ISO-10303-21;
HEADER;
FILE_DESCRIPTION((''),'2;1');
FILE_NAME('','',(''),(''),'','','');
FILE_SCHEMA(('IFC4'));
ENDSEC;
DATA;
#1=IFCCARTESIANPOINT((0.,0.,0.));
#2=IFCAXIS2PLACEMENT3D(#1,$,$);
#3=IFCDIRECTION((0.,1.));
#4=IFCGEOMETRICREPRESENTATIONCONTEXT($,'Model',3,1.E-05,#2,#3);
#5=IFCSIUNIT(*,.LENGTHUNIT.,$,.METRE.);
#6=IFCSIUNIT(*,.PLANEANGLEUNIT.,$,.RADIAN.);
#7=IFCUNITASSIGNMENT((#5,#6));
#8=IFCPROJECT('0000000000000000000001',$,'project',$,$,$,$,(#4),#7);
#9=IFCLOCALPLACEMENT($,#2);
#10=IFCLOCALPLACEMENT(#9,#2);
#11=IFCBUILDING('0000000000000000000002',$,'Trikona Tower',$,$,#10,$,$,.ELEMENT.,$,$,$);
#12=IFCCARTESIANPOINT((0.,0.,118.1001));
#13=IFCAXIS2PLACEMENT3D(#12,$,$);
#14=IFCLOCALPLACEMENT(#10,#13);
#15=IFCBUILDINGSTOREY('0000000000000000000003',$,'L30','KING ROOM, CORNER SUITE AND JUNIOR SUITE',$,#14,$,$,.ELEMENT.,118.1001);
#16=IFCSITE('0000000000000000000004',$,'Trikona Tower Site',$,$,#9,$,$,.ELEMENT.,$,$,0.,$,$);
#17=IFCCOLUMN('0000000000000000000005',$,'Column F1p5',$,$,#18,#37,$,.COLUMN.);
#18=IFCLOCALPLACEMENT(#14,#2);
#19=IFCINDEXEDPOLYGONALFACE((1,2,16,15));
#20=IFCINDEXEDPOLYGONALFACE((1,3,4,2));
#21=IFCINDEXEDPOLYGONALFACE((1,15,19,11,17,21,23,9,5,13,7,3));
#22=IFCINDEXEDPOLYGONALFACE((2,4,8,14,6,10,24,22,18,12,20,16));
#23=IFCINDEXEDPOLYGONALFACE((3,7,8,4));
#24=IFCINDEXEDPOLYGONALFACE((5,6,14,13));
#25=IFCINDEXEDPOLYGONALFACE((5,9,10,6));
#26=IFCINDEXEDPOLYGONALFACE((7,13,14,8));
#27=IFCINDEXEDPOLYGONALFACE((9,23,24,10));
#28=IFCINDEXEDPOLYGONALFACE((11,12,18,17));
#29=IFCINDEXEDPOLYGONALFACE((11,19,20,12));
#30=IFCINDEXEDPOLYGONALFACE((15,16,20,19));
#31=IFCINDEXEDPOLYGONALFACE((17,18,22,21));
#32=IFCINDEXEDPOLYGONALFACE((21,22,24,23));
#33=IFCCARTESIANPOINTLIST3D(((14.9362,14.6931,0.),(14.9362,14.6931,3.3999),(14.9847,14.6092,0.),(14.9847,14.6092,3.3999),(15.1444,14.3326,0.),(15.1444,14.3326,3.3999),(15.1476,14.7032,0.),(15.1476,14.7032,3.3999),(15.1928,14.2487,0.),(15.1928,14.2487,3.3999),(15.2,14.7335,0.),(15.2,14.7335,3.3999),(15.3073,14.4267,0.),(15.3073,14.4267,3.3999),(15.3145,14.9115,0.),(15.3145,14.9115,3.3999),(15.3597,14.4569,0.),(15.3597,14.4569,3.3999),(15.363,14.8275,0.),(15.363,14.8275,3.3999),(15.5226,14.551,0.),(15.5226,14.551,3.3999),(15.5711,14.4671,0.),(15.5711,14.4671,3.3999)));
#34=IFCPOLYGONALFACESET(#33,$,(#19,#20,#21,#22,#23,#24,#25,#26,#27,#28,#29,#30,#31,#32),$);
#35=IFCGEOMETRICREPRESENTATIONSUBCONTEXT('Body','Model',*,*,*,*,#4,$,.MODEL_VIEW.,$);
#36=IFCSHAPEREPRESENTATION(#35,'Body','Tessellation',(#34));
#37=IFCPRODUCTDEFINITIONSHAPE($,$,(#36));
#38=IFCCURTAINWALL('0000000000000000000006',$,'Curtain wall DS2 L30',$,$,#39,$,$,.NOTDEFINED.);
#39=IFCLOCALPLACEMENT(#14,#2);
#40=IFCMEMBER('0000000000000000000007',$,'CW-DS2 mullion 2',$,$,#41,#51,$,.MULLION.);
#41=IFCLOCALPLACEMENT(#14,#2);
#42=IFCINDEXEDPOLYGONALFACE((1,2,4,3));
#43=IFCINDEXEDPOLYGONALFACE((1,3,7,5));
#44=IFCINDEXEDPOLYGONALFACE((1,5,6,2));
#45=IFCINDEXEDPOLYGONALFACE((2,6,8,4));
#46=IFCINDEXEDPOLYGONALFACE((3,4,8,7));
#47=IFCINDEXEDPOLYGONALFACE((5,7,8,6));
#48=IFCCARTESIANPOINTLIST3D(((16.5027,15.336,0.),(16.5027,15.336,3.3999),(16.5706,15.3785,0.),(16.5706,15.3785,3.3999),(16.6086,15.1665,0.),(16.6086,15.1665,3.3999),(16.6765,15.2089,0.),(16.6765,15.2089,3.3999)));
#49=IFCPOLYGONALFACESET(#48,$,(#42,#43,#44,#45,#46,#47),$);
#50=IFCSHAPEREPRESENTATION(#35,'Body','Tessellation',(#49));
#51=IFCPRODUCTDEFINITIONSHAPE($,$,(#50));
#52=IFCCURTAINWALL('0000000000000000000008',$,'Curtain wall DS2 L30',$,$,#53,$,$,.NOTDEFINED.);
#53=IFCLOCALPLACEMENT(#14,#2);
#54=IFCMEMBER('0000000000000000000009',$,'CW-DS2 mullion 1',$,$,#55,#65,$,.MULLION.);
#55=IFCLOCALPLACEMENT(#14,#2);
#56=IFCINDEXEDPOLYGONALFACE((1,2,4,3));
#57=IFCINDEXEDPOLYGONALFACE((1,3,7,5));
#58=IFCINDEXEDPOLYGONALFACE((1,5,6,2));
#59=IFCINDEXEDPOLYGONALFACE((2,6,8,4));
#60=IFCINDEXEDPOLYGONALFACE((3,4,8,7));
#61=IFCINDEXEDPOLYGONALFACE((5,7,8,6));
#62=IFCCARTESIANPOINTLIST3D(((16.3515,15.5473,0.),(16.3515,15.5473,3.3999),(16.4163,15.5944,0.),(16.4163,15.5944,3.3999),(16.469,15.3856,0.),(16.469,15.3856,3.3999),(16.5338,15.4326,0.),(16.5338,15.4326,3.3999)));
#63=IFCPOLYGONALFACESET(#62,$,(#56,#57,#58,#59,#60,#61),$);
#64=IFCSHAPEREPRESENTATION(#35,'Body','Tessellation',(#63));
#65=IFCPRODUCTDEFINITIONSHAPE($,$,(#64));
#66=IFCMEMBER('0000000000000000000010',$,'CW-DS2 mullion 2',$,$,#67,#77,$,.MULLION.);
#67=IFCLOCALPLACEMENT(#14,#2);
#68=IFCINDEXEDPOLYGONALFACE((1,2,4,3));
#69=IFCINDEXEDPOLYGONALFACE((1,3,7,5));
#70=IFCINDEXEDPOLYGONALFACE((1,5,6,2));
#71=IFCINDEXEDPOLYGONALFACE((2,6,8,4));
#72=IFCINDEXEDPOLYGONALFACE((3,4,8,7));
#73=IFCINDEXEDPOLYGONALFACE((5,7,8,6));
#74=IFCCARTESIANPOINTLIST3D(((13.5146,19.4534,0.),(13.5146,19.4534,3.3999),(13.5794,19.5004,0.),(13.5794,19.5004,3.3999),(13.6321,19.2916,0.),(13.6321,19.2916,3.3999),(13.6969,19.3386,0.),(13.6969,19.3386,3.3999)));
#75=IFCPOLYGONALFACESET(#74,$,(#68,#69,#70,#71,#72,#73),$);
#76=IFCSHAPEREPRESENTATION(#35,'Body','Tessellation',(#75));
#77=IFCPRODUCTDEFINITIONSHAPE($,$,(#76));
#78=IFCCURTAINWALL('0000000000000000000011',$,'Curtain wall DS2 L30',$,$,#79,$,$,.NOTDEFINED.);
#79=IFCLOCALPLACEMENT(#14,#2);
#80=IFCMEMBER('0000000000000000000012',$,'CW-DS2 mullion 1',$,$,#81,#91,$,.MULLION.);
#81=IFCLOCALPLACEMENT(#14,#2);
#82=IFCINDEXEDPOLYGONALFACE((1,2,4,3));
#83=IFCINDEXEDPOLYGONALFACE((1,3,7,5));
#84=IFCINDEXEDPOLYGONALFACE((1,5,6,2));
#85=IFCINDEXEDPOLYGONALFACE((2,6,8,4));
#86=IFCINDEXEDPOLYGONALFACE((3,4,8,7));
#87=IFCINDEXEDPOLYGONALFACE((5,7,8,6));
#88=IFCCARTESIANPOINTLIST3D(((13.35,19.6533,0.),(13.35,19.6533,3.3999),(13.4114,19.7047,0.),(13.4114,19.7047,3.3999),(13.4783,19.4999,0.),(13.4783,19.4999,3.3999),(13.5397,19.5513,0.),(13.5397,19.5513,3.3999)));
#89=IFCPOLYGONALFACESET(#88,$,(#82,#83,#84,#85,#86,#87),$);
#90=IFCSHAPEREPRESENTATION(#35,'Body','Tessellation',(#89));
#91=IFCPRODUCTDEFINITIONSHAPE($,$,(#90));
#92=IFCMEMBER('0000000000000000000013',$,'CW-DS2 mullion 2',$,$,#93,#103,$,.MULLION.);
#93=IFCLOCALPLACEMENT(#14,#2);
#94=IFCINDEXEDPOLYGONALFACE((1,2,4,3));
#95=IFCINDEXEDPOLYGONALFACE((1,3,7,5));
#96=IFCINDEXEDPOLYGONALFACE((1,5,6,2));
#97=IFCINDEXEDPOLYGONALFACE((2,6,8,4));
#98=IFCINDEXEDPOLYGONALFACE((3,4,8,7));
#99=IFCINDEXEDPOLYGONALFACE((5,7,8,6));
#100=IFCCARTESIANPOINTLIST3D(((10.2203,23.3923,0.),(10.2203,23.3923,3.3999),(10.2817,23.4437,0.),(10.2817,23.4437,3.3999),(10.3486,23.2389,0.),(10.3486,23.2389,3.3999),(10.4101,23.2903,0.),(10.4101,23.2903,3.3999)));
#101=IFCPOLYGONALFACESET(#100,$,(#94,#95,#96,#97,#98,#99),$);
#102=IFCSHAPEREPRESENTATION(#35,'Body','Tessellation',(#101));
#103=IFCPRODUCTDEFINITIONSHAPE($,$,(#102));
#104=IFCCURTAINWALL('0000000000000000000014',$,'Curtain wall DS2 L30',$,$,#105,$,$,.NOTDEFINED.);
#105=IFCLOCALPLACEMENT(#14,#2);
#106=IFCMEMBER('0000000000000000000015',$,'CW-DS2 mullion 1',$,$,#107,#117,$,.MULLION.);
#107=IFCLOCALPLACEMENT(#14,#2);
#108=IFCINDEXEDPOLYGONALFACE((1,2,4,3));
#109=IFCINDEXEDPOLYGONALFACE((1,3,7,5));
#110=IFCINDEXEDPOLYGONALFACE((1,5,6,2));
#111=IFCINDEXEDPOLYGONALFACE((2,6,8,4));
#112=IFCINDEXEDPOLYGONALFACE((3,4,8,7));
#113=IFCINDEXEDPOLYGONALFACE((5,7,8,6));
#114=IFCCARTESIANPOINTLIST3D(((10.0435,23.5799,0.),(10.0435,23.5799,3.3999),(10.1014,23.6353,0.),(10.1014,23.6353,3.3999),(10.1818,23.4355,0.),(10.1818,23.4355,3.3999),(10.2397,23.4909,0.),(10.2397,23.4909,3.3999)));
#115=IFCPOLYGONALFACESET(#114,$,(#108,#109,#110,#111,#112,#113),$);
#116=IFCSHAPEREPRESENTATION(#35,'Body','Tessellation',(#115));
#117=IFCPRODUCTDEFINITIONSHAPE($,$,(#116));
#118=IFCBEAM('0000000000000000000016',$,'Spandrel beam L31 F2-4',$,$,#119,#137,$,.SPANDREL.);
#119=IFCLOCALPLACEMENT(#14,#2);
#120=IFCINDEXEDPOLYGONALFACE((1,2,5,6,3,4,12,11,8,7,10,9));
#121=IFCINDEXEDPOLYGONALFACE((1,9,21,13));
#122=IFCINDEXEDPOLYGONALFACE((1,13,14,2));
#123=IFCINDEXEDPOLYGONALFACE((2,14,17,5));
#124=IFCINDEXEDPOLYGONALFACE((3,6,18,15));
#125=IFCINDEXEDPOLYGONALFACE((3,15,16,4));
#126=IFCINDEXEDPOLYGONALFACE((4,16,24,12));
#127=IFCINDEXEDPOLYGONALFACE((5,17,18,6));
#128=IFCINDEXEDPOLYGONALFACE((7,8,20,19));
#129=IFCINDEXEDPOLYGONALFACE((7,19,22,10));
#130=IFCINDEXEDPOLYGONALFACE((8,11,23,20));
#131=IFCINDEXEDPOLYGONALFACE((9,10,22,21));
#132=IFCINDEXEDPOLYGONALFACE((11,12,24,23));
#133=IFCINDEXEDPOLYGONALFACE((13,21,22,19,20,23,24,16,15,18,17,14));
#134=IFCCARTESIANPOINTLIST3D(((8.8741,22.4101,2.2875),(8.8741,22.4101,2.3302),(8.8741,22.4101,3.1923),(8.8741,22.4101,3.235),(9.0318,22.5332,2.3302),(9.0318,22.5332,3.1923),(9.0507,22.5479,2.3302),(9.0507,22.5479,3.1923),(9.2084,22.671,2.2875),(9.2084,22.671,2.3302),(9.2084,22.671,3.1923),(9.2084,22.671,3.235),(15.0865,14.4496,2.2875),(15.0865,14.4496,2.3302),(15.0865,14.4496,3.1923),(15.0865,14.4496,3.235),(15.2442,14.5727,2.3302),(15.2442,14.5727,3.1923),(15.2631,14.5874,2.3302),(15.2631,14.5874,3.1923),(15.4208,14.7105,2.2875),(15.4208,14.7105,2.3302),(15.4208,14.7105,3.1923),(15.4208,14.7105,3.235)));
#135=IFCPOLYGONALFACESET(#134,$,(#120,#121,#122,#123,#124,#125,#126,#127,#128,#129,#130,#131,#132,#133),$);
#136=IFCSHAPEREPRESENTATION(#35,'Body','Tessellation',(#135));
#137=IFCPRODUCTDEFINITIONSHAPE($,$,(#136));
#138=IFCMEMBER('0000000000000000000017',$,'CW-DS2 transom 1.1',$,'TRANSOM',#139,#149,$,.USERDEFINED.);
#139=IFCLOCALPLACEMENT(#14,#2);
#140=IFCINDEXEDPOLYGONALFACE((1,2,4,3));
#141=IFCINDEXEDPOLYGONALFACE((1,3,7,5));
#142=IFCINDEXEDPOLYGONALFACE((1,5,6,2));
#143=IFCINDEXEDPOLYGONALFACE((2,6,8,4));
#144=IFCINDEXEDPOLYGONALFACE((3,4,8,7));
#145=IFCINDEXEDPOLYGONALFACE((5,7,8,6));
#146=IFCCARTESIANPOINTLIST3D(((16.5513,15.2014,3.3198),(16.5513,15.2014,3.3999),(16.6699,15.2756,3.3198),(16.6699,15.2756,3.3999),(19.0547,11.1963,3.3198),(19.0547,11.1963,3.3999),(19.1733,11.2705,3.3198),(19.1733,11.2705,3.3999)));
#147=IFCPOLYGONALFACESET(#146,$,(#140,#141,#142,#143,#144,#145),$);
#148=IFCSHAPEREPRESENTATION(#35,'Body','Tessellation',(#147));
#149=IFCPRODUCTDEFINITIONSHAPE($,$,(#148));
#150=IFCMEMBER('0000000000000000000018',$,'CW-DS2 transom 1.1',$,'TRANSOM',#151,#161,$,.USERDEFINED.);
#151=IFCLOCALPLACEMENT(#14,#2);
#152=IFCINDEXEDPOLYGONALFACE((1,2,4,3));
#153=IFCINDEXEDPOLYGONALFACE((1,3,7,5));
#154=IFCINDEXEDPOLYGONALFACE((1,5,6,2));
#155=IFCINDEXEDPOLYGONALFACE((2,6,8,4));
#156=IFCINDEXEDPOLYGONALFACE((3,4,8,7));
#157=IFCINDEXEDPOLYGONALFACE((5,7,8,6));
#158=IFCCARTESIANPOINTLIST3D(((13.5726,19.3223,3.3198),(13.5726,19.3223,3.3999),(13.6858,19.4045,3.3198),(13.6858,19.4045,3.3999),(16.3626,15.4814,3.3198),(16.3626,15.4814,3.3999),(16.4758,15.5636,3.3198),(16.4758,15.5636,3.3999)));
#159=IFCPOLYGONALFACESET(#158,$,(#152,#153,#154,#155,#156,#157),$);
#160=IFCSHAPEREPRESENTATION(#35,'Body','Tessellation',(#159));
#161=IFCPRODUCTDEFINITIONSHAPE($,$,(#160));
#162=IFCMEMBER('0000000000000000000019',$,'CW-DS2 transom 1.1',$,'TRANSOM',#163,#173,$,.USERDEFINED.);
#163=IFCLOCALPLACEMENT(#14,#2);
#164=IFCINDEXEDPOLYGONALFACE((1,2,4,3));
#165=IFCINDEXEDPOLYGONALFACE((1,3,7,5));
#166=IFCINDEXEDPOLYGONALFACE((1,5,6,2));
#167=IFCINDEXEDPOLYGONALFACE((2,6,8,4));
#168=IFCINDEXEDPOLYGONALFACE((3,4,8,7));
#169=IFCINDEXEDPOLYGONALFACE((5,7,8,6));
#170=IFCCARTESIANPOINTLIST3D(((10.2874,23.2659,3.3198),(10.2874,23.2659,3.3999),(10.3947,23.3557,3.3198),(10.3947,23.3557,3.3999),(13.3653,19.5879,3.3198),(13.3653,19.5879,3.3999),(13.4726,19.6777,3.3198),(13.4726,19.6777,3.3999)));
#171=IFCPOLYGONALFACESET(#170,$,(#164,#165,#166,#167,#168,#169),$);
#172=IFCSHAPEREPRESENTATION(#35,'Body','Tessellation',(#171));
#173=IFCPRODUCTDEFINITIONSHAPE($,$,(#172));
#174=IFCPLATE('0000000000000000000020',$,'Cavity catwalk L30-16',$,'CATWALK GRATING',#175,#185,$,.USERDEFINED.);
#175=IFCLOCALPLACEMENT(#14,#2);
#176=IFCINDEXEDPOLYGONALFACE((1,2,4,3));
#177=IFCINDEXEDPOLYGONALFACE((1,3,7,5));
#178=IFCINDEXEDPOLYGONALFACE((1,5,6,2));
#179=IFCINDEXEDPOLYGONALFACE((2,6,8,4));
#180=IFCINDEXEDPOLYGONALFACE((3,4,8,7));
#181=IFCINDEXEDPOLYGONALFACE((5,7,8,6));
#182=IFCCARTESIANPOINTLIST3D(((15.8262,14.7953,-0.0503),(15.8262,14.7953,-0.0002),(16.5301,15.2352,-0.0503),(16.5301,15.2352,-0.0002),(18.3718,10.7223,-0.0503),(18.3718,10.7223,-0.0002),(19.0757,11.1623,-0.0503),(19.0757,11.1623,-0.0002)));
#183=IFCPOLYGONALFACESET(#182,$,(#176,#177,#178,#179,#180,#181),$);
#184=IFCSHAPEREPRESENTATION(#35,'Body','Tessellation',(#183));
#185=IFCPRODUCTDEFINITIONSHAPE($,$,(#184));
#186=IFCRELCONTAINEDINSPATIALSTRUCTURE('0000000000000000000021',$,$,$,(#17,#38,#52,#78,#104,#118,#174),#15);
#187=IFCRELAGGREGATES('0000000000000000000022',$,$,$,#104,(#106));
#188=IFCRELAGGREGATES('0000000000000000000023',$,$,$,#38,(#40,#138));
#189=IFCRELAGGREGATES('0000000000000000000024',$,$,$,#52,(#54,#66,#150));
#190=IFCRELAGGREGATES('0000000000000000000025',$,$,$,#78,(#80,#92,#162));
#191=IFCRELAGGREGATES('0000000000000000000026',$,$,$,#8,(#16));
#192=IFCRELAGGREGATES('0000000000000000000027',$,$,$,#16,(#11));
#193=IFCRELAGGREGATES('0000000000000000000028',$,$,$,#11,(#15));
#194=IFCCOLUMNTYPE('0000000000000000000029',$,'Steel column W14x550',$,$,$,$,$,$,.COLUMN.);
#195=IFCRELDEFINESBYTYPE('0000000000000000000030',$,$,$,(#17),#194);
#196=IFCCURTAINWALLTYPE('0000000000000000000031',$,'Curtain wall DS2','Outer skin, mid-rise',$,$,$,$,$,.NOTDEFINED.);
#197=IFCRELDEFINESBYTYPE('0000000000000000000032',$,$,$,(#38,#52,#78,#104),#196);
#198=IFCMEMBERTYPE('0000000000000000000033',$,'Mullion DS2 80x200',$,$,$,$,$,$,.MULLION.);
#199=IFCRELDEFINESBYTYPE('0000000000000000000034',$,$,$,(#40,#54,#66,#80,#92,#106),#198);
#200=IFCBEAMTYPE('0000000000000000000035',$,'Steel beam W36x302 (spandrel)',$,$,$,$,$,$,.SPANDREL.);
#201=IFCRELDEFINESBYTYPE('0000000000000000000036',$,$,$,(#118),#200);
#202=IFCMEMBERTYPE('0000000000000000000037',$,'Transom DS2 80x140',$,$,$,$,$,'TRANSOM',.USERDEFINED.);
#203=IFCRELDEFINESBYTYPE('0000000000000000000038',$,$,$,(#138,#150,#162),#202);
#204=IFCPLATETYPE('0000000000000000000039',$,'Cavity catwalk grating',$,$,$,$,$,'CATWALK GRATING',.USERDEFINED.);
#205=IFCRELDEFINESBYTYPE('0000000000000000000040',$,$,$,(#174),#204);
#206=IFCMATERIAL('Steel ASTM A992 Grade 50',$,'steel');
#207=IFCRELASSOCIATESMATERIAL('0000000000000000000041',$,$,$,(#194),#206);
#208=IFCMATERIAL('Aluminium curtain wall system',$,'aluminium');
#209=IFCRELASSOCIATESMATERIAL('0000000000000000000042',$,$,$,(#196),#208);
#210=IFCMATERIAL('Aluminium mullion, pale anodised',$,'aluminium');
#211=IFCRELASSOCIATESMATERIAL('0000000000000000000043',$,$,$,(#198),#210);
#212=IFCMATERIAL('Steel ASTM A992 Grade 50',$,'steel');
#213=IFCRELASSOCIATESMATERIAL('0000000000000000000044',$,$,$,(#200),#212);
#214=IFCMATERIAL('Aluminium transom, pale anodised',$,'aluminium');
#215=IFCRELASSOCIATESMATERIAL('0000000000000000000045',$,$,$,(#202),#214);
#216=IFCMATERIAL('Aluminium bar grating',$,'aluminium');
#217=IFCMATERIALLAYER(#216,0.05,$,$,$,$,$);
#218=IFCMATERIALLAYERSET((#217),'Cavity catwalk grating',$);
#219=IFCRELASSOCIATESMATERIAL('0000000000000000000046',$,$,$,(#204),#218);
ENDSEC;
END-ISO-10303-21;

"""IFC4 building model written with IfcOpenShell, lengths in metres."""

from ifc_helpers import new_model, si_unit, direction, frame, origin, origin_2d, place, context, subcontext, project, spatial, rectangle, i_section, extrude, material, layer, layer_set, material_profile, profile_set, type_object, element, aggregate, save


model = new_model("IFC4")

# Units and contexts
model_context = context("Model", 3, precision=1e-05, world=origin(), true_north=direction((0.0, 1.0)))
body_context = subcontext(model_context, "Body", "Model", "MODEL_VIEW")
ifc_project = project(units=[si_unit("LENGTHUNIT", "METRE"), si_unit("PLANEANGLEUNIT", "RADIAN")], contexts=[model_context])

# Site, building, storey
site_placement = place(None, origin())
site = spatial("IfcSite", under=ifc_project, at=site_placement, Name="Trikona Tower Site", CompositionType="ELEMENT", RefElevation=0.0)
building_placement = place(site_placement, origin())
building = spatial("IfcBuilding", under=site, at=building_placement, Name="Trikona Tower", CompositionType="ELEMENT")
storey_placement = place(building_placement, frame((0.0, 0.0, 118.1001)))
storey = spatial("IfcBuildingStorey", under=building, at=storey_placement, Name="L30", Description="KING ROOM, CORNER SUITE AND JUNIOR SUITE", CompositionType="ELEMENT", Elevation=118.1001)

# Column
ifc_material_1 = material(Name="Steel ASTM A992 Grade 50", Category="steel")
ifc_material_profile_1 = material_profile(ifc_material_1, i_section(OverallWidth=0.4368, OverallDepth=0.5132, WebThickness=0.0605, FlangeThickness=0.0969, at=origin_2d()), Name="W14X550")
ifc_profile_set_1 = profile_set([ifc_material_profile_1], Name="Steel ASTM A992 Grade 50")
column_type = type_object("IfcColumnType", Name="Steel column W14x550", PredefinedType="COLUMN", material=ifc_profile_set_1)
column_placement = place(storey_placement, frame((15.2537, 14.5801, 0.0), z_axis=(0.0, 0.0, 1.0), x_axis=(0.866025, 0.5, 0.0)))
element("IfcColumn", 1, at=column_placement, inside=storey, type_object=column_type, Name="Column F1p5", PredefinedType="COLUMN", context=body_context, shape_type="SweptSolid", body=[
    extrude(i_section(OverallWidth=0.4368, OverallDepth=0.5132, WebThickness=0.0605, FlangeThickness=0.0969, at=origin_2d()), origin(), (0.0, 0.0, 1.0), 3.3999),
])

# Curtain wall, member
ifc_material_2 = material(Name="Aluminium curtain wall system", Category="aluminium")
curtain_wall_type = type_object("IfcCurtainWallType", Name="Curtain wall DS2", Description="Outer skin, mid-rise", PredefinedType="NOTDEFINED", material=ifc_material_2)
curtain_wall_1_placement = place(storey_placement, origin())
curtain_wall_1 = element("IfcCurtainWall", 2, at=curtain_wall_1_placement, inside=storey, type_object=curtain_wall_type, Name="Curtain wall DS2 L30", PredefinedType="NOTDEFINED")
ifc_material_3 = material(Name="Aluminium mullion, pale anodised", Category="aluminium")
ifc_material_profile_2 = material_profile(ifc_material_3, rectangle(XDim=0.0801, YDim=0.2, at=origin_2d()), Name="MUL-DS2")
ifc_profile_set_2 = profile_set([ifc_material_profile_2], Name="Aluminium mullion, pale anodised")
member_type_1 = type_object("IfcMemberType", Name="Mullion DS2 80x200", PredefinedType="MULLION", material=ifc_profile_set_2)
member_1_placement = place(storey_placement, frame((16.5896, 15.2725, 0.0), z_axis=(0.0, 0.0, 1.0), x_axis=(-0.847998, -0.529999, 0.0)))
member_1 = element("IfcMember", 3, at=member_1_placement, type_object=member_type_1, Name="CW-DS2 mullion 2", PredefinedType="MULLION", context=body_context, shape_type="SweptSolid", body=[
    extrude(rectangle(XDim=0.0801, YDim=0.2, at=origin_2d()), origin(), (0.0, 0.0, 1.0), 3.3999),
])

# Curtain walls, members
curtain_wall_2_placement = place(storey_placement, origin())
curtain_wall_2 = element("IfcCurtainWall", 4, at=curtain_wall_2_placement, inside=storey, type_object=curtain_wall_type, Name="Curtain wall DS2 L30", PredefinedType="NOTDEFINED")
member_2_placement = place(storey_placement, frame((16.4426, 15.49, 0.0), z_axis=(0.0, 0.0, 1.0), x_axis=(-0.809086, -0.587691, 0.0)))
member_2 = element("IfcMember", 5, at=member_2_placement, type_object=member_type_1, Name="CW-DS2 mullion 1", PredefinedType="MULLION", context=body_context, shape_type="SweptSolid", body=[
    extrude(rectangle(XDim=0.0801, YDim=0.2, at=origin_2d()), origin(), (0.0, 0.0, 1.0), 3.3999),
])
member_3_placement = place(storey_placement, frame((13.6057, 19.396, 0.0), z_axis=(0.0, 0.0, 1.0), x_axis=(-0.809086, -0.587691, 0.0)))
member_3 = element("IfcMember", 6, at=member_3_placement, type_object=member_type_1, Name="CW-DS2 mullion 2", PredefinedType="MULLION", context=body_context, shape_type="SweptSolid", body=[
    extrude(rectangle(XDim=0.0801, YDim=0.2, at=origin_2d()), origin(), (0.0, 0.0, 1.0), 3.3999),
])
curtain_wall_3_placement = place(storey_placement, origin())
curtain_wall_3 = element("IfcCurtainWall", 7, at=curtain_wall_3_placement, inside=storey, type_object=curtain_wall_type, Name="Curtain wall DS2 L30", PredefinedType="NOTDEFINED")
member_4_placement = place(storey_placement, frame((13.4448, 19.6023, 0.0), z_axis=(0.0, 0.0, 1.0), x_axis=(-0.766867, -0.641806, 0.0)))
member_4 = element("IfcMember", 8, at=member_4_placement, type_object=member_type_1, Name="CW-DS2 mullion 1", PredefinedType="MULLION", context=body_context, shape_type="SweptSolid", body=[
    extrude(rectangle(XDim=0.0801, YDim=0.2, at=origin_2d()), origin(), (0.0, 0.0, 1.0), 3.3999),
])
member_5_placement = place(storey_placement, frame((10.3152, 23.3413, 0.0), z_axis=(0.0, 0.0, 1.0), x_axis=(-0.766867, -0.641806, 0.0)))
member_5 = element("IfcMember", 9, at=member_5_placement, type_object=member_type_1, Name="CW-DS2 mullion 2", PredefinedType="MULLION", context=body_context, shape_type="SweptSolid", body=[
    extrude(rectangle(XDim=0.0801, YDim=0.2, at=origin_2d()), origin(), (0.0, 0.0, 1.0), 3.3999),
])

# Curtain wall, member
curtain_wall_4_placement = place(storey_placement, origin())
curtain_wall_4 = element("IfcCurtainWall", 10, at=curtain_wall_4_placement, inside=storey, type_object=curtain_wall_type, Name="Curtain wall DS2 L30", PredefinedType="NOTDEFINED")
member_6_placement = place(storey_placement, frame((10.1416, 23.5354, 0.0), z_axis=(0.0, 0.0, 1.0), x_axis=(-0.722158, -0.691728, 0.0)))
member_6 = element("IfcMember", 11, at=member_6_placement, type_object=member_type_1, Name="CW-DS2 mullion 1", PredefinedType="MULLION", context=body_context, shape_type="SweptSolid", body=[
    extrude(rectangle(XDim=0.0801, YDim=0.2, at=origin_2d()), origin(), (0.0, 0.0, 1.0), 3.3999),
])
aggregate(curtain_wall_4, [member_6])

# Beam
ifc_material_4 = material(Name="Steel ASTM A992 Grade 50", Category="steel")
ifc_material_profile_3 = material_profile(ifc_material_4, i_section(OverallWidth=0.4241, OverallDepth=0.9475, WebThickness=0.0239, FlangeThickness=0.0427, at=origin_2d()), Name="W36X302")
ifc_profile_set_3 = profile_set([ifc_material_profile_3], Name="Steel ASTM A992 Grade 50")
beam_type = type_object("IfcBeamType", Name="Steel beam W36x302 (spandrel)", PredefinedType="SPANDREL", material=ifc_profile_set_3)
beam_placement = place(storey_placement, frame((15.2537, 14.5801, 2.7612), z_axis=(-0.615232, 0.788346, 0.0), x_axis=(-0.788346, -0.615232, 0.0)))
element("IfcBeam", 12, at=beam_placement, inside=storey, type_object=beam_type, Name="Spandrel beam L31 F2-4", PredefinedType="SPANDREL", context=body_context, shape_type="SweptSolid", body=[
    extrude(i_section(OverallWidth=0.4241, OverallDepth=0.9475, WebThickness=0.0239, FlangeThickness=0.0427, at=origin_2d()), origin(), (0.0, 0.0, 1.0), 10.0977),
])

# Members
ifc_material_5 = material(Name="Aluminium transom, pale anodised", Category="aluminium")
ifc_material_profile_4 = material_profile(ifc_material_5, rectangle(XDim=0.1399, YDim=0.0801, at=origin_2d()), Name="TRN-DS2")
ifc_profile_set_4 = profile_set([ifc_material_profile_4], Name="Aluminium transom, pale anodised")
member_type_2 = type_object("IfcMemberType", Name="Transom DS2 80x140", ElementType="TRANSOM", PredefinedType="USERDEFINED", material=ifc_profile_set_4)
member_7_placement = place(storey_placement, frame((19.114, 11.2334, 3.3599), z_axis=(-0.530031, 0.847978, 0.0), x_axis=(-0.847978, -0.530031, 0.0)))
member_7 = element("IfcMember", 13, at=member_7_placement, type_object=member_type_2, Name="CW-DS2 transom 1.1", ObjectType="TRANSOM", PredefinedType="USERDEFINED", context=body_context, shape_type="SweptSolid", body=[
    extrude(rectangle(XDim=0.1399, YDim=0.0801, at=origin_2d()), origin(), (0.0, 0.0, 1.0), 4.7231),
])
member_8_placement = place(storey_placement, frame((16.4192, 15.5225, 3.3599), z_axis=(-0.587695, 0.809083, 0.0), x_axis=(-0.809083, -0.587695, 0.0)))
member_8 = element("IfcMember", 14, at=member_8_placement, type_object=member_type_2, Name="CW-DS2 transom 1.1", ObjectType="TRANSOM", PredefinedType="USERDEFINED", context=body_context, shape_type="SweptSolid", body=[
    extrude(rectangle(XDim=0.1399, YDim=0.0801, at=origin_2d()), origin(), (0.0, 0.0, 1.0), 4.7473),
])
member_9_placement = place(storey_placement, frame((13.4189, 19.6328, 3.3599), z_axis=(-0.64177, 0.766897, 0.0), x_axis=(-0.766897, -0.64177, 0.0)))
member_9 = element("IfcMember", 15, at=member_9_placement, type_object=member_type_2, Name="CW-DS2 transom 1.1", ObjectType="TRANSOM", PredefinedType="USERDEFINED", context=body_context, shape_type="SweptSolid", body=[
    extrude(rectangle(XDim=0.1399, YDim=0.0801, at=origin_2d()), origin(), (0.0, 0.0, 1.0), 4.7959),
])

# Plate
ifc_material_6 = material(Name="Aluminium bar grating", Category="aluminium")
ifc_layer_1 = layer(ifc_material_6, 0.05)
ifc_layer_set_1 = layer_set([ifc_layer_1], Name="Cavity catwalk grating")
plate_type_1 = type_object("IfcPlateType", Name="Cavity catwalk grating", ElementType="CATWALK GRATING", PredefinedType="USERDEFINED", material=ifc_layer_set_1)
plate_1_placement = place(storey_placement, frame((17.4509, 12.9788, -0.0503), z_axis=(0.0, 0.0, 1.0), x_axis=(-0.529995, 0.848001, 0.0)))
element("IfcPlate", 16, at=plate_1_placement, inside=storey, type_object=plate_type_1, Name="Cavity catwalk L30-16", ObjectType="CATWALK GRATING", PredefinedType="USERDEFINED", context=body_context, shape_type="SweptSolid", body=[
    extrude(rectangle(XDim=4.803, YDim=0.8301, at=origin_2d()), origin(), (0.0, 0.0, 1.0), 0.05),
])

aggregate(curtain_wall_1, [member_1, member_7])
aggregate(curtain_wall_2, [member_2, member_3, member_8])
aggregate(curtain_wall_3, [member_4, member_5, member_9])

save(model, "model.ifc")
